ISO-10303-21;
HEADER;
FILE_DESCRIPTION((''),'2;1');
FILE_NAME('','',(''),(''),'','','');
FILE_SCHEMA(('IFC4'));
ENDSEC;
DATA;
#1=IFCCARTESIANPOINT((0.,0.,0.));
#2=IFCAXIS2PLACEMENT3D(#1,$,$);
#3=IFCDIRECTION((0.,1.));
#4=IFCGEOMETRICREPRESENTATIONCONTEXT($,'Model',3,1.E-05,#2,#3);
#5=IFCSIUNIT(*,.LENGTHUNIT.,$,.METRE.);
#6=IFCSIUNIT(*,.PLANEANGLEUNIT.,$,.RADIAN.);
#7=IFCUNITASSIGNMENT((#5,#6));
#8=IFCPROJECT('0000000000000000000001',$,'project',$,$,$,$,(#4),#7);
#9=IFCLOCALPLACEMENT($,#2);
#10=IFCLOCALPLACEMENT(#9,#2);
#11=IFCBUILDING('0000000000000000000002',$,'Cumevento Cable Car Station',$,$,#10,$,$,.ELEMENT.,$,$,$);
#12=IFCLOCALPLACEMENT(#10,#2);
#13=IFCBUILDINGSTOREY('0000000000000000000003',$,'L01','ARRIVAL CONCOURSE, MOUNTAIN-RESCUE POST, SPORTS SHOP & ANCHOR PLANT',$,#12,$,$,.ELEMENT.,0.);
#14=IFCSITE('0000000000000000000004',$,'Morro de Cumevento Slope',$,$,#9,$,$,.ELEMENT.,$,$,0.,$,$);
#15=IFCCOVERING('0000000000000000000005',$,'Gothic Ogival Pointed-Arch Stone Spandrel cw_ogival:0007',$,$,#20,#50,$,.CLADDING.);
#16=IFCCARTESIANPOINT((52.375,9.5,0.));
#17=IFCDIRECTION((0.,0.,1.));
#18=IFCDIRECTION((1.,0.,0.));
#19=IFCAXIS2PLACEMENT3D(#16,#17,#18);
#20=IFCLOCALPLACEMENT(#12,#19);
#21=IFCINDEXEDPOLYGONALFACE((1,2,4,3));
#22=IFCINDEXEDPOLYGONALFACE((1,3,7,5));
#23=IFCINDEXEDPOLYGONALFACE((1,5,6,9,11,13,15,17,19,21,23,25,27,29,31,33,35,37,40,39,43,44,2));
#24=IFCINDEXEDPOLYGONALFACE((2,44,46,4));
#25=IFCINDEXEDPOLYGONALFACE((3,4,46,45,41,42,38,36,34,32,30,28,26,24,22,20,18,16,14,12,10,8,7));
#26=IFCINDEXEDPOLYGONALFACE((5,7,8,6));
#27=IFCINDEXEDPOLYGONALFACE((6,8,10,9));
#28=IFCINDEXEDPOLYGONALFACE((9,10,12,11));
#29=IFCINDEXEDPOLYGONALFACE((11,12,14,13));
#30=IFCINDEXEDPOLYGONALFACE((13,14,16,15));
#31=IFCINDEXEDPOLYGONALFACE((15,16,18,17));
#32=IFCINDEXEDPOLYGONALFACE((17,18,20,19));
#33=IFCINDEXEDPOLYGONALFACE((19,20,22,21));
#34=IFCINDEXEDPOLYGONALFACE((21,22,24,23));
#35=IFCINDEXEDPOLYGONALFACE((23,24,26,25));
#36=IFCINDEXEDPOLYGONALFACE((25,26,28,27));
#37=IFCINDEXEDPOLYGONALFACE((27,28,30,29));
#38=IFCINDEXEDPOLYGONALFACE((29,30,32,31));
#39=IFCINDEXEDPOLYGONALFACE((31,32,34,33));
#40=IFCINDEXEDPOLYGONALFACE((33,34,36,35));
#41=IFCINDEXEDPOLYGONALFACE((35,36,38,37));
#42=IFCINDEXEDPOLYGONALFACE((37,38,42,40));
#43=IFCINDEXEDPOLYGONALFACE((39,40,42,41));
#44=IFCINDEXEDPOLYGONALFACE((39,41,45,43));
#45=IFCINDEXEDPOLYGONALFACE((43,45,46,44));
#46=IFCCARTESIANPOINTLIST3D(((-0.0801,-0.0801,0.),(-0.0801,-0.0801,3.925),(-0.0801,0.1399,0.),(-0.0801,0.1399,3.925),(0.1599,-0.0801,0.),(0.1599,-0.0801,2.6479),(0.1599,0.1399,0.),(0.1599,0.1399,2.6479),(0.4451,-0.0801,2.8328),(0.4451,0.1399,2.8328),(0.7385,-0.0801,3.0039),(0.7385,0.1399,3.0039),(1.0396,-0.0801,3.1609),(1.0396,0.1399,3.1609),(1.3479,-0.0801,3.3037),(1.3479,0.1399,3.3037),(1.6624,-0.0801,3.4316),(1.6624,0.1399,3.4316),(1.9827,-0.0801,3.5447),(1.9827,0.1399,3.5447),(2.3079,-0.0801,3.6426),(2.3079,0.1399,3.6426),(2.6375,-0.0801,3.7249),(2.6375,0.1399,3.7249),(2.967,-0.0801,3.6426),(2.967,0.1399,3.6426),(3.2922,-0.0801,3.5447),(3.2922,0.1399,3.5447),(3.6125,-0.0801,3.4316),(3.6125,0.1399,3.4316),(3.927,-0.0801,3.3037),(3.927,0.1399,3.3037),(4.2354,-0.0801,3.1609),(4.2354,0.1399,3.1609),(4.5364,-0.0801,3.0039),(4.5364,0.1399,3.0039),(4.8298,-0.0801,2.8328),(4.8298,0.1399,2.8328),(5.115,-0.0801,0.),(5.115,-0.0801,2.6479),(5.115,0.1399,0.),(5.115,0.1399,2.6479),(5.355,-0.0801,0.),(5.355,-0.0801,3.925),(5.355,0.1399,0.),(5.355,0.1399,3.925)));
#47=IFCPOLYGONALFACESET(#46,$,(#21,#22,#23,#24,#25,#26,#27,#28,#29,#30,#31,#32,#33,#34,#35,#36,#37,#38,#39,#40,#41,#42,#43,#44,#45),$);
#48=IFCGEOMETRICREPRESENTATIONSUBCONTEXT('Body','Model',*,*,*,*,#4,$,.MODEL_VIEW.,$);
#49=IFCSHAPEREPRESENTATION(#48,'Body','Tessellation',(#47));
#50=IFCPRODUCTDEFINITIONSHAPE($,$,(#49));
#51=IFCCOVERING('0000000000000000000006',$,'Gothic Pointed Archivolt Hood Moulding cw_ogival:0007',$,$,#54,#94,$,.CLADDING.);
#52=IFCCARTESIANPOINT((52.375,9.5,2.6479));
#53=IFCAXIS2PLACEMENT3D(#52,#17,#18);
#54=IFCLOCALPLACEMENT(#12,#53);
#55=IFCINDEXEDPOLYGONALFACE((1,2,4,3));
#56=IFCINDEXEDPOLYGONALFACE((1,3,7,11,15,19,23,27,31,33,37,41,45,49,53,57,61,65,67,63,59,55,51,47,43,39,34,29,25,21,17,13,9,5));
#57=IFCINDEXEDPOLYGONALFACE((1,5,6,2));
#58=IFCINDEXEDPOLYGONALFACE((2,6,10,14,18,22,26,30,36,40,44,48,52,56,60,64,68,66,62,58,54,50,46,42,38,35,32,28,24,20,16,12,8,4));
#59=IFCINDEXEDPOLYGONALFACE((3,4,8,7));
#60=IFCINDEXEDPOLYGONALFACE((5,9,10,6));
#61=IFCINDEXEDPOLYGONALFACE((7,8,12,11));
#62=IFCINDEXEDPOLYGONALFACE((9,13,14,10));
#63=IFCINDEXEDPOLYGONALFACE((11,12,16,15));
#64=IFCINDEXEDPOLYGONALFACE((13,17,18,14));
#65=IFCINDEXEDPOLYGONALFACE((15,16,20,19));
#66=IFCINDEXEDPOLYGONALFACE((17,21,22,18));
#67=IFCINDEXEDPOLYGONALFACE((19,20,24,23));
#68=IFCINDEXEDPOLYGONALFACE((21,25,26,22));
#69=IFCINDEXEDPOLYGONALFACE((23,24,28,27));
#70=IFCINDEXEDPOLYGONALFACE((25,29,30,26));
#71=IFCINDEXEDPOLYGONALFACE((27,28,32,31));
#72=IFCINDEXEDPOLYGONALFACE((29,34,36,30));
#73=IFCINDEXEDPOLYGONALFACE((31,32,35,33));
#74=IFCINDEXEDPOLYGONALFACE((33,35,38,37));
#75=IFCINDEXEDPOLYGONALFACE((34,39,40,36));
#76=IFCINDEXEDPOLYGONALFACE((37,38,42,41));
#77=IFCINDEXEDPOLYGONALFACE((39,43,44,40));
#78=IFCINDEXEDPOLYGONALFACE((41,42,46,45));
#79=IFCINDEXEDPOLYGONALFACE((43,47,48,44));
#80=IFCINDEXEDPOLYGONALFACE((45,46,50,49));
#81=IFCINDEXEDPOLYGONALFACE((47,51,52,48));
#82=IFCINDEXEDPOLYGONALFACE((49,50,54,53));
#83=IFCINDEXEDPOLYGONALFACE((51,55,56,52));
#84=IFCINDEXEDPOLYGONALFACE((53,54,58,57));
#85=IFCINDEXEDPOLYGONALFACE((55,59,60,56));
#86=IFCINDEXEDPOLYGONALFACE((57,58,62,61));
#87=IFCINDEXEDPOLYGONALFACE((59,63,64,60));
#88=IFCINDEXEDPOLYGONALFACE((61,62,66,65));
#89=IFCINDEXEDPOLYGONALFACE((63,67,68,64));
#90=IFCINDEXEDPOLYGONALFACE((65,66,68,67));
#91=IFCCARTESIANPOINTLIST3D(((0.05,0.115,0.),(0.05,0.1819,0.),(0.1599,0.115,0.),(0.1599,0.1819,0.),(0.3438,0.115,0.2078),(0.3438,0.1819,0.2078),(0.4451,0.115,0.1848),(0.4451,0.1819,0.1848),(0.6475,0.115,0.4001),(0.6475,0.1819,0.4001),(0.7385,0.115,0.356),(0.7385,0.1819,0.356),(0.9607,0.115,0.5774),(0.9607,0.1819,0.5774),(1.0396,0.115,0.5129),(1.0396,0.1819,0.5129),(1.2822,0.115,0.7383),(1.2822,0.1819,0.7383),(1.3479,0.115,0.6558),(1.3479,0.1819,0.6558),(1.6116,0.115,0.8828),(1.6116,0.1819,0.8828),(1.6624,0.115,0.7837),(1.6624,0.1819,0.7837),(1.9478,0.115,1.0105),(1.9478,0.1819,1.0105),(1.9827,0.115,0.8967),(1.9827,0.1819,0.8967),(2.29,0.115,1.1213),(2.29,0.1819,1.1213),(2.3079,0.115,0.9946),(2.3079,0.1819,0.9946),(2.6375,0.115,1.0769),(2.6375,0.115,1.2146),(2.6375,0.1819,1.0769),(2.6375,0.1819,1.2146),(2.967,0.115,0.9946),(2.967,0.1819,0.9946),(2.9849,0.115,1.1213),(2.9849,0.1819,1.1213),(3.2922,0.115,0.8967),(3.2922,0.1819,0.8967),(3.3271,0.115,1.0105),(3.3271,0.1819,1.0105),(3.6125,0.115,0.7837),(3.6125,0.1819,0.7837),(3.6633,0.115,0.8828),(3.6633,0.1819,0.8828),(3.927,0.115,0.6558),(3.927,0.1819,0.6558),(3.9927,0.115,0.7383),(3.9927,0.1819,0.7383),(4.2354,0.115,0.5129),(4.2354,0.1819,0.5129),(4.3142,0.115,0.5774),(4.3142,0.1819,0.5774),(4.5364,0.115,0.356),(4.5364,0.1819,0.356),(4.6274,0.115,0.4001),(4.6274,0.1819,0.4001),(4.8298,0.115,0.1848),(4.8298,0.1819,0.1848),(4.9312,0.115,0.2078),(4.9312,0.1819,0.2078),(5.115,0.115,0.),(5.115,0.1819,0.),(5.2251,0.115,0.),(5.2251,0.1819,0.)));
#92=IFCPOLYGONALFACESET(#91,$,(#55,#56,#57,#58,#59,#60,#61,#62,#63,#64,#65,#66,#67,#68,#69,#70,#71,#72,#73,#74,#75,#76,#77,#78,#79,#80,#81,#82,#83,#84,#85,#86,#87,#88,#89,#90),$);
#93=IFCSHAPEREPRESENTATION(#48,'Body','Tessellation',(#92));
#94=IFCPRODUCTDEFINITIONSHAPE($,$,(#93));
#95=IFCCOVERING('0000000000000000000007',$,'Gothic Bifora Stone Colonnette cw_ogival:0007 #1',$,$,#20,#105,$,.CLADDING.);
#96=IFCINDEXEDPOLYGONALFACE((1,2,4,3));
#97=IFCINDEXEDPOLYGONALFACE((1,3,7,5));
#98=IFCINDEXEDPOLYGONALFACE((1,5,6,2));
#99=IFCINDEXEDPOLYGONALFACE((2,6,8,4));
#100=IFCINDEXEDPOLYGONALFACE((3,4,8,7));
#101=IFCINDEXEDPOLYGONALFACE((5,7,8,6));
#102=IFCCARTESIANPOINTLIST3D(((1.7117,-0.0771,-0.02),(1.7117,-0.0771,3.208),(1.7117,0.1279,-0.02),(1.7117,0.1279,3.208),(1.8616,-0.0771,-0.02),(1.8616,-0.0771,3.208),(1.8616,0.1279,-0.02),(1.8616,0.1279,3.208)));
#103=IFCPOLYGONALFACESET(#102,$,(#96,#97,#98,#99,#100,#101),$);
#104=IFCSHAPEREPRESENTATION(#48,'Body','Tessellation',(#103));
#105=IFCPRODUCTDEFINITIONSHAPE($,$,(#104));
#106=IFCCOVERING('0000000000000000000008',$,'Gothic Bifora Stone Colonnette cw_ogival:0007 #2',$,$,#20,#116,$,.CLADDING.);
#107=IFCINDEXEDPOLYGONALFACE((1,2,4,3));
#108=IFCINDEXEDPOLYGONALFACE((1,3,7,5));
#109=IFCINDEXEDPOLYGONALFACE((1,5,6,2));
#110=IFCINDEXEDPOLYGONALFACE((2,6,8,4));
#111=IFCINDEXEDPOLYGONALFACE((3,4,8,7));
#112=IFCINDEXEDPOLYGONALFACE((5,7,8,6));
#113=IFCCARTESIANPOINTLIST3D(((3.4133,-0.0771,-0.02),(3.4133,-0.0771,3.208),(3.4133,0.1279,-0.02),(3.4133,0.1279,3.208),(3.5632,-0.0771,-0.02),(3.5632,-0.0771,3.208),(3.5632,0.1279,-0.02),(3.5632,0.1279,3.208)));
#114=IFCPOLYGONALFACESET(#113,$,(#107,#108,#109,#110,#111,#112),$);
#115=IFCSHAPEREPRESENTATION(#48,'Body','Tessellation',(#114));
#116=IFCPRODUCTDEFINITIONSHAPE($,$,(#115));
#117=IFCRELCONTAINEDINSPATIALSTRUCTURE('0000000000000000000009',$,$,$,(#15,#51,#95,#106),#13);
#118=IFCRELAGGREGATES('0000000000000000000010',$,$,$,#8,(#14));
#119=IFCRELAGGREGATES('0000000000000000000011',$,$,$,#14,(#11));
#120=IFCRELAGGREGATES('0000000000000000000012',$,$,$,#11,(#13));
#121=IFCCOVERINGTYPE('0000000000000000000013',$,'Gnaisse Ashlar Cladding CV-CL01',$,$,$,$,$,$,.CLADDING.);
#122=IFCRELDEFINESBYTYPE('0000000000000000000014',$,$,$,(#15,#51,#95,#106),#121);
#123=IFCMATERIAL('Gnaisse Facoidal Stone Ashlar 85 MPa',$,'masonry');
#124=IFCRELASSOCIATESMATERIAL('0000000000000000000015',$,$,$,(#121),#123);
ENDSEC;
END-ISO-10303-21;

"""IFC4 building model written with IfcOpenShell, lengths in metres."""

from ifc_helpers import new_model, si_unit, direction, frame, origin, place, context, subcontext, project, spatial, polyline, outline, extrude, material, type_object, element, save


model = new_model("IFC4")

# Units and contexts
model_context = context("Model", 3, precision=1e-05, world=origin(), true_north=direction((0.0, 1.0)))
body_context = subcontext(model_context, "Body", "Model", "MODEL_VIEW")
ifc_project = project(units=[si_unit("LENGTHUNIT", "METRE"), si_unit("PLANEANGLEUNIT", "RADIAN")], contexts=[model_context])

# Site, building, storey
site_placement = place(None, origin())
site = spatial("IfcSite", under=ifc_project, at=site_placement, Name="Morro de Cumevento Slope", CompositionType="ELEMENT", RefElevation=0.0)
building_placement = place(site_placement, origin())
building = spatial("IfcBuilding", under=site, at=building_placement, Name="Cumevento Cable Car Station", CompositionType="ELEMENT")
storey_placement = place(building_placement, origin())
storey = spatial("IfcBuildingStorey", under=building, at=storey_placement, Name="L01", Description="ARRIVAL CONCOURSE, MOUNTAIN-RESCUE POST, SPORTS SHOP & ANCHOR PLANT", CompositionType="ELEMENT", Elevation=0.0)

# Coverings
ifc_material_1 = material(Name="Gnaisse Facoidal Stone Ashlar 85 MPa", Category="masonry")
covering_type = type_object("IfcCoveringType", Name="Gnaisse Ashlar Cladding CV-CL01", PredefinedType="CLADDING", material=ifc_material_1)
placement = place(storey_placement, frame((52.375, 9.5, 0.0), z_axis=(0.0, 0.0, 1.0), x_axis=(1.0, 0.0, 0.0)))
element("IfcCovering", 1, at=placement, inside=storey, type_object=covering_type, Name="Gothic Ogival Pointed-Arch Stone Spandrel cw_ogival:0007", PredefinedType="CLADDING", context=body_context, shape_type="SweptSolid", body=[
    extrude(outline(polyline([(-0.0801, 0.0), (-0.0801, 3.925), (5.355, 3.925), (5.355, 0.0), (5.115, 0.0), (5.115, 2.6479), (4.8298, 2.8328), (4.5364, 3.0039), (4.2354, 3.1609), (3.927, 3.3037), (3.6125, 3.4316), (3.2922, 3.5447), (2.967, 3.6426), (2.6375, 3.7249), (2.3079, 3.6426), (1.9827, 3.5447), (1.6624, 3.4316), (1.3479, 3.3037), (1.0396, 3.1609), (0.7385, 3.0039), (0.4451, 2.8328), (0.1599, 2.6479), (0.1599, 0.0), (-0.0801, 0.0)])), frame((0.0, 0.1399, 0.0), z_axis=(0.0, -1.0, 0.0), x_axis=(1.0, 0.0, 0.0)), (0.0, 0.0, 1.0), 0.22),
])
covering_1_placement = place(storey_placement, frame((52.375, 9.5, 2.6479), z_axis=(0.0, 0.0, 1.0), x_axis=(1.0, 0.0, 0.0)))
element("IfcCovering", 2, at=covering_1_placement, inside=storey, type_object=covering_type, Name="Gothic Pointed Archivolt Hood Moulding cw_ogival:0007", PredefinedType="CLADDING", context=body_context, shape_type="SweptSolid", body=[
    extrude(outline(polyline([(0.1599, 0.0), (0.4451, 0.1848), (0.7385, 0.356), (1.0396, 0.5129), (1.3479, 0.6558), (1.6624, 0.7837), (1.9827, 0.8967), (2.3079, 0.9946), (2.6375, 1.0769), (2.967, 0.9946), (3.2922, 0.8967), (3.6125, 0.7837), (3.927, 0.6558), (4.2354, 0.5129), (4.5364, 0.356), (4.8298, 0.1848), (5.115, 0.0), (5.2251, 0.0), (4.9312, 0.2078), (4.6274, 0.4001), (4.3142, 0.5774), (3.9927, 0.7383), (3.6633, 0.8828), (3.3271, 1.0105), (2.9849, 1.1213), (2.6375, 1.2146), (2.29, 1.1213), (1.9478, 1.0105), (1.6116, 0.8828), (1.2822, 0.7383), (0.9607, 0.5774), (0.6475, 0.4001), (0.3438, 0.2078), (0.05, 0.0), (0.1599, 0.0)])), frame((0.0, 0.1819, 0.0), z_axis=(0.0, -1.0, 0.0), x_axis=(1.0, 0.0, 0.0)), (0.0, 0.0, 1.0), 0.0669),
])
element("IfcCovering", 3, at=placement, inside=storey, type_object=covering_type, Name="Gothic Bifora Stone Colonnette cw_ogival:0007 #1", PredefinedType="CLADDING", context=body_context, shape_type="SweptSolid", body=[
    extrude(outline(polyline([(1.7117, -0.02), (1.8616, -0.02), (1.8616, 3.208), (1.7117, 3.208), (1.7117, -0.02)])), frame((0.0, 0.1279, 0.0), z_axis=(0.0, -1.0, 0.0), x_axis=(1.0, 0.0, 0.0)), (0.0, 0.0, 1.0), 0.2051),
])
element("IfcCovering", 4, at=placement, inside=storey, type_object=covering_type, Name="Gothic Bifora Stone Colonnette cw_ogival:0007 #2", PredefinedType="CLADDING", context=body_context, shape_type="SweptSolid", body=[
    extrude(outline(polyline([(3.4133, -0.02), (3.5632, -0.02), (3.5632, 3.208), (3.4133, 3.208), (3.4133, -0.02)])), frame((0.0, 0.1279, 0.0), z_axis=(0.0, -1.0, 0.0), x_axis=(1.0, 0.0, 0.0)), (0.0, 0.0, 1.0), 0.2051),
])

save(model, "model.ifc")
